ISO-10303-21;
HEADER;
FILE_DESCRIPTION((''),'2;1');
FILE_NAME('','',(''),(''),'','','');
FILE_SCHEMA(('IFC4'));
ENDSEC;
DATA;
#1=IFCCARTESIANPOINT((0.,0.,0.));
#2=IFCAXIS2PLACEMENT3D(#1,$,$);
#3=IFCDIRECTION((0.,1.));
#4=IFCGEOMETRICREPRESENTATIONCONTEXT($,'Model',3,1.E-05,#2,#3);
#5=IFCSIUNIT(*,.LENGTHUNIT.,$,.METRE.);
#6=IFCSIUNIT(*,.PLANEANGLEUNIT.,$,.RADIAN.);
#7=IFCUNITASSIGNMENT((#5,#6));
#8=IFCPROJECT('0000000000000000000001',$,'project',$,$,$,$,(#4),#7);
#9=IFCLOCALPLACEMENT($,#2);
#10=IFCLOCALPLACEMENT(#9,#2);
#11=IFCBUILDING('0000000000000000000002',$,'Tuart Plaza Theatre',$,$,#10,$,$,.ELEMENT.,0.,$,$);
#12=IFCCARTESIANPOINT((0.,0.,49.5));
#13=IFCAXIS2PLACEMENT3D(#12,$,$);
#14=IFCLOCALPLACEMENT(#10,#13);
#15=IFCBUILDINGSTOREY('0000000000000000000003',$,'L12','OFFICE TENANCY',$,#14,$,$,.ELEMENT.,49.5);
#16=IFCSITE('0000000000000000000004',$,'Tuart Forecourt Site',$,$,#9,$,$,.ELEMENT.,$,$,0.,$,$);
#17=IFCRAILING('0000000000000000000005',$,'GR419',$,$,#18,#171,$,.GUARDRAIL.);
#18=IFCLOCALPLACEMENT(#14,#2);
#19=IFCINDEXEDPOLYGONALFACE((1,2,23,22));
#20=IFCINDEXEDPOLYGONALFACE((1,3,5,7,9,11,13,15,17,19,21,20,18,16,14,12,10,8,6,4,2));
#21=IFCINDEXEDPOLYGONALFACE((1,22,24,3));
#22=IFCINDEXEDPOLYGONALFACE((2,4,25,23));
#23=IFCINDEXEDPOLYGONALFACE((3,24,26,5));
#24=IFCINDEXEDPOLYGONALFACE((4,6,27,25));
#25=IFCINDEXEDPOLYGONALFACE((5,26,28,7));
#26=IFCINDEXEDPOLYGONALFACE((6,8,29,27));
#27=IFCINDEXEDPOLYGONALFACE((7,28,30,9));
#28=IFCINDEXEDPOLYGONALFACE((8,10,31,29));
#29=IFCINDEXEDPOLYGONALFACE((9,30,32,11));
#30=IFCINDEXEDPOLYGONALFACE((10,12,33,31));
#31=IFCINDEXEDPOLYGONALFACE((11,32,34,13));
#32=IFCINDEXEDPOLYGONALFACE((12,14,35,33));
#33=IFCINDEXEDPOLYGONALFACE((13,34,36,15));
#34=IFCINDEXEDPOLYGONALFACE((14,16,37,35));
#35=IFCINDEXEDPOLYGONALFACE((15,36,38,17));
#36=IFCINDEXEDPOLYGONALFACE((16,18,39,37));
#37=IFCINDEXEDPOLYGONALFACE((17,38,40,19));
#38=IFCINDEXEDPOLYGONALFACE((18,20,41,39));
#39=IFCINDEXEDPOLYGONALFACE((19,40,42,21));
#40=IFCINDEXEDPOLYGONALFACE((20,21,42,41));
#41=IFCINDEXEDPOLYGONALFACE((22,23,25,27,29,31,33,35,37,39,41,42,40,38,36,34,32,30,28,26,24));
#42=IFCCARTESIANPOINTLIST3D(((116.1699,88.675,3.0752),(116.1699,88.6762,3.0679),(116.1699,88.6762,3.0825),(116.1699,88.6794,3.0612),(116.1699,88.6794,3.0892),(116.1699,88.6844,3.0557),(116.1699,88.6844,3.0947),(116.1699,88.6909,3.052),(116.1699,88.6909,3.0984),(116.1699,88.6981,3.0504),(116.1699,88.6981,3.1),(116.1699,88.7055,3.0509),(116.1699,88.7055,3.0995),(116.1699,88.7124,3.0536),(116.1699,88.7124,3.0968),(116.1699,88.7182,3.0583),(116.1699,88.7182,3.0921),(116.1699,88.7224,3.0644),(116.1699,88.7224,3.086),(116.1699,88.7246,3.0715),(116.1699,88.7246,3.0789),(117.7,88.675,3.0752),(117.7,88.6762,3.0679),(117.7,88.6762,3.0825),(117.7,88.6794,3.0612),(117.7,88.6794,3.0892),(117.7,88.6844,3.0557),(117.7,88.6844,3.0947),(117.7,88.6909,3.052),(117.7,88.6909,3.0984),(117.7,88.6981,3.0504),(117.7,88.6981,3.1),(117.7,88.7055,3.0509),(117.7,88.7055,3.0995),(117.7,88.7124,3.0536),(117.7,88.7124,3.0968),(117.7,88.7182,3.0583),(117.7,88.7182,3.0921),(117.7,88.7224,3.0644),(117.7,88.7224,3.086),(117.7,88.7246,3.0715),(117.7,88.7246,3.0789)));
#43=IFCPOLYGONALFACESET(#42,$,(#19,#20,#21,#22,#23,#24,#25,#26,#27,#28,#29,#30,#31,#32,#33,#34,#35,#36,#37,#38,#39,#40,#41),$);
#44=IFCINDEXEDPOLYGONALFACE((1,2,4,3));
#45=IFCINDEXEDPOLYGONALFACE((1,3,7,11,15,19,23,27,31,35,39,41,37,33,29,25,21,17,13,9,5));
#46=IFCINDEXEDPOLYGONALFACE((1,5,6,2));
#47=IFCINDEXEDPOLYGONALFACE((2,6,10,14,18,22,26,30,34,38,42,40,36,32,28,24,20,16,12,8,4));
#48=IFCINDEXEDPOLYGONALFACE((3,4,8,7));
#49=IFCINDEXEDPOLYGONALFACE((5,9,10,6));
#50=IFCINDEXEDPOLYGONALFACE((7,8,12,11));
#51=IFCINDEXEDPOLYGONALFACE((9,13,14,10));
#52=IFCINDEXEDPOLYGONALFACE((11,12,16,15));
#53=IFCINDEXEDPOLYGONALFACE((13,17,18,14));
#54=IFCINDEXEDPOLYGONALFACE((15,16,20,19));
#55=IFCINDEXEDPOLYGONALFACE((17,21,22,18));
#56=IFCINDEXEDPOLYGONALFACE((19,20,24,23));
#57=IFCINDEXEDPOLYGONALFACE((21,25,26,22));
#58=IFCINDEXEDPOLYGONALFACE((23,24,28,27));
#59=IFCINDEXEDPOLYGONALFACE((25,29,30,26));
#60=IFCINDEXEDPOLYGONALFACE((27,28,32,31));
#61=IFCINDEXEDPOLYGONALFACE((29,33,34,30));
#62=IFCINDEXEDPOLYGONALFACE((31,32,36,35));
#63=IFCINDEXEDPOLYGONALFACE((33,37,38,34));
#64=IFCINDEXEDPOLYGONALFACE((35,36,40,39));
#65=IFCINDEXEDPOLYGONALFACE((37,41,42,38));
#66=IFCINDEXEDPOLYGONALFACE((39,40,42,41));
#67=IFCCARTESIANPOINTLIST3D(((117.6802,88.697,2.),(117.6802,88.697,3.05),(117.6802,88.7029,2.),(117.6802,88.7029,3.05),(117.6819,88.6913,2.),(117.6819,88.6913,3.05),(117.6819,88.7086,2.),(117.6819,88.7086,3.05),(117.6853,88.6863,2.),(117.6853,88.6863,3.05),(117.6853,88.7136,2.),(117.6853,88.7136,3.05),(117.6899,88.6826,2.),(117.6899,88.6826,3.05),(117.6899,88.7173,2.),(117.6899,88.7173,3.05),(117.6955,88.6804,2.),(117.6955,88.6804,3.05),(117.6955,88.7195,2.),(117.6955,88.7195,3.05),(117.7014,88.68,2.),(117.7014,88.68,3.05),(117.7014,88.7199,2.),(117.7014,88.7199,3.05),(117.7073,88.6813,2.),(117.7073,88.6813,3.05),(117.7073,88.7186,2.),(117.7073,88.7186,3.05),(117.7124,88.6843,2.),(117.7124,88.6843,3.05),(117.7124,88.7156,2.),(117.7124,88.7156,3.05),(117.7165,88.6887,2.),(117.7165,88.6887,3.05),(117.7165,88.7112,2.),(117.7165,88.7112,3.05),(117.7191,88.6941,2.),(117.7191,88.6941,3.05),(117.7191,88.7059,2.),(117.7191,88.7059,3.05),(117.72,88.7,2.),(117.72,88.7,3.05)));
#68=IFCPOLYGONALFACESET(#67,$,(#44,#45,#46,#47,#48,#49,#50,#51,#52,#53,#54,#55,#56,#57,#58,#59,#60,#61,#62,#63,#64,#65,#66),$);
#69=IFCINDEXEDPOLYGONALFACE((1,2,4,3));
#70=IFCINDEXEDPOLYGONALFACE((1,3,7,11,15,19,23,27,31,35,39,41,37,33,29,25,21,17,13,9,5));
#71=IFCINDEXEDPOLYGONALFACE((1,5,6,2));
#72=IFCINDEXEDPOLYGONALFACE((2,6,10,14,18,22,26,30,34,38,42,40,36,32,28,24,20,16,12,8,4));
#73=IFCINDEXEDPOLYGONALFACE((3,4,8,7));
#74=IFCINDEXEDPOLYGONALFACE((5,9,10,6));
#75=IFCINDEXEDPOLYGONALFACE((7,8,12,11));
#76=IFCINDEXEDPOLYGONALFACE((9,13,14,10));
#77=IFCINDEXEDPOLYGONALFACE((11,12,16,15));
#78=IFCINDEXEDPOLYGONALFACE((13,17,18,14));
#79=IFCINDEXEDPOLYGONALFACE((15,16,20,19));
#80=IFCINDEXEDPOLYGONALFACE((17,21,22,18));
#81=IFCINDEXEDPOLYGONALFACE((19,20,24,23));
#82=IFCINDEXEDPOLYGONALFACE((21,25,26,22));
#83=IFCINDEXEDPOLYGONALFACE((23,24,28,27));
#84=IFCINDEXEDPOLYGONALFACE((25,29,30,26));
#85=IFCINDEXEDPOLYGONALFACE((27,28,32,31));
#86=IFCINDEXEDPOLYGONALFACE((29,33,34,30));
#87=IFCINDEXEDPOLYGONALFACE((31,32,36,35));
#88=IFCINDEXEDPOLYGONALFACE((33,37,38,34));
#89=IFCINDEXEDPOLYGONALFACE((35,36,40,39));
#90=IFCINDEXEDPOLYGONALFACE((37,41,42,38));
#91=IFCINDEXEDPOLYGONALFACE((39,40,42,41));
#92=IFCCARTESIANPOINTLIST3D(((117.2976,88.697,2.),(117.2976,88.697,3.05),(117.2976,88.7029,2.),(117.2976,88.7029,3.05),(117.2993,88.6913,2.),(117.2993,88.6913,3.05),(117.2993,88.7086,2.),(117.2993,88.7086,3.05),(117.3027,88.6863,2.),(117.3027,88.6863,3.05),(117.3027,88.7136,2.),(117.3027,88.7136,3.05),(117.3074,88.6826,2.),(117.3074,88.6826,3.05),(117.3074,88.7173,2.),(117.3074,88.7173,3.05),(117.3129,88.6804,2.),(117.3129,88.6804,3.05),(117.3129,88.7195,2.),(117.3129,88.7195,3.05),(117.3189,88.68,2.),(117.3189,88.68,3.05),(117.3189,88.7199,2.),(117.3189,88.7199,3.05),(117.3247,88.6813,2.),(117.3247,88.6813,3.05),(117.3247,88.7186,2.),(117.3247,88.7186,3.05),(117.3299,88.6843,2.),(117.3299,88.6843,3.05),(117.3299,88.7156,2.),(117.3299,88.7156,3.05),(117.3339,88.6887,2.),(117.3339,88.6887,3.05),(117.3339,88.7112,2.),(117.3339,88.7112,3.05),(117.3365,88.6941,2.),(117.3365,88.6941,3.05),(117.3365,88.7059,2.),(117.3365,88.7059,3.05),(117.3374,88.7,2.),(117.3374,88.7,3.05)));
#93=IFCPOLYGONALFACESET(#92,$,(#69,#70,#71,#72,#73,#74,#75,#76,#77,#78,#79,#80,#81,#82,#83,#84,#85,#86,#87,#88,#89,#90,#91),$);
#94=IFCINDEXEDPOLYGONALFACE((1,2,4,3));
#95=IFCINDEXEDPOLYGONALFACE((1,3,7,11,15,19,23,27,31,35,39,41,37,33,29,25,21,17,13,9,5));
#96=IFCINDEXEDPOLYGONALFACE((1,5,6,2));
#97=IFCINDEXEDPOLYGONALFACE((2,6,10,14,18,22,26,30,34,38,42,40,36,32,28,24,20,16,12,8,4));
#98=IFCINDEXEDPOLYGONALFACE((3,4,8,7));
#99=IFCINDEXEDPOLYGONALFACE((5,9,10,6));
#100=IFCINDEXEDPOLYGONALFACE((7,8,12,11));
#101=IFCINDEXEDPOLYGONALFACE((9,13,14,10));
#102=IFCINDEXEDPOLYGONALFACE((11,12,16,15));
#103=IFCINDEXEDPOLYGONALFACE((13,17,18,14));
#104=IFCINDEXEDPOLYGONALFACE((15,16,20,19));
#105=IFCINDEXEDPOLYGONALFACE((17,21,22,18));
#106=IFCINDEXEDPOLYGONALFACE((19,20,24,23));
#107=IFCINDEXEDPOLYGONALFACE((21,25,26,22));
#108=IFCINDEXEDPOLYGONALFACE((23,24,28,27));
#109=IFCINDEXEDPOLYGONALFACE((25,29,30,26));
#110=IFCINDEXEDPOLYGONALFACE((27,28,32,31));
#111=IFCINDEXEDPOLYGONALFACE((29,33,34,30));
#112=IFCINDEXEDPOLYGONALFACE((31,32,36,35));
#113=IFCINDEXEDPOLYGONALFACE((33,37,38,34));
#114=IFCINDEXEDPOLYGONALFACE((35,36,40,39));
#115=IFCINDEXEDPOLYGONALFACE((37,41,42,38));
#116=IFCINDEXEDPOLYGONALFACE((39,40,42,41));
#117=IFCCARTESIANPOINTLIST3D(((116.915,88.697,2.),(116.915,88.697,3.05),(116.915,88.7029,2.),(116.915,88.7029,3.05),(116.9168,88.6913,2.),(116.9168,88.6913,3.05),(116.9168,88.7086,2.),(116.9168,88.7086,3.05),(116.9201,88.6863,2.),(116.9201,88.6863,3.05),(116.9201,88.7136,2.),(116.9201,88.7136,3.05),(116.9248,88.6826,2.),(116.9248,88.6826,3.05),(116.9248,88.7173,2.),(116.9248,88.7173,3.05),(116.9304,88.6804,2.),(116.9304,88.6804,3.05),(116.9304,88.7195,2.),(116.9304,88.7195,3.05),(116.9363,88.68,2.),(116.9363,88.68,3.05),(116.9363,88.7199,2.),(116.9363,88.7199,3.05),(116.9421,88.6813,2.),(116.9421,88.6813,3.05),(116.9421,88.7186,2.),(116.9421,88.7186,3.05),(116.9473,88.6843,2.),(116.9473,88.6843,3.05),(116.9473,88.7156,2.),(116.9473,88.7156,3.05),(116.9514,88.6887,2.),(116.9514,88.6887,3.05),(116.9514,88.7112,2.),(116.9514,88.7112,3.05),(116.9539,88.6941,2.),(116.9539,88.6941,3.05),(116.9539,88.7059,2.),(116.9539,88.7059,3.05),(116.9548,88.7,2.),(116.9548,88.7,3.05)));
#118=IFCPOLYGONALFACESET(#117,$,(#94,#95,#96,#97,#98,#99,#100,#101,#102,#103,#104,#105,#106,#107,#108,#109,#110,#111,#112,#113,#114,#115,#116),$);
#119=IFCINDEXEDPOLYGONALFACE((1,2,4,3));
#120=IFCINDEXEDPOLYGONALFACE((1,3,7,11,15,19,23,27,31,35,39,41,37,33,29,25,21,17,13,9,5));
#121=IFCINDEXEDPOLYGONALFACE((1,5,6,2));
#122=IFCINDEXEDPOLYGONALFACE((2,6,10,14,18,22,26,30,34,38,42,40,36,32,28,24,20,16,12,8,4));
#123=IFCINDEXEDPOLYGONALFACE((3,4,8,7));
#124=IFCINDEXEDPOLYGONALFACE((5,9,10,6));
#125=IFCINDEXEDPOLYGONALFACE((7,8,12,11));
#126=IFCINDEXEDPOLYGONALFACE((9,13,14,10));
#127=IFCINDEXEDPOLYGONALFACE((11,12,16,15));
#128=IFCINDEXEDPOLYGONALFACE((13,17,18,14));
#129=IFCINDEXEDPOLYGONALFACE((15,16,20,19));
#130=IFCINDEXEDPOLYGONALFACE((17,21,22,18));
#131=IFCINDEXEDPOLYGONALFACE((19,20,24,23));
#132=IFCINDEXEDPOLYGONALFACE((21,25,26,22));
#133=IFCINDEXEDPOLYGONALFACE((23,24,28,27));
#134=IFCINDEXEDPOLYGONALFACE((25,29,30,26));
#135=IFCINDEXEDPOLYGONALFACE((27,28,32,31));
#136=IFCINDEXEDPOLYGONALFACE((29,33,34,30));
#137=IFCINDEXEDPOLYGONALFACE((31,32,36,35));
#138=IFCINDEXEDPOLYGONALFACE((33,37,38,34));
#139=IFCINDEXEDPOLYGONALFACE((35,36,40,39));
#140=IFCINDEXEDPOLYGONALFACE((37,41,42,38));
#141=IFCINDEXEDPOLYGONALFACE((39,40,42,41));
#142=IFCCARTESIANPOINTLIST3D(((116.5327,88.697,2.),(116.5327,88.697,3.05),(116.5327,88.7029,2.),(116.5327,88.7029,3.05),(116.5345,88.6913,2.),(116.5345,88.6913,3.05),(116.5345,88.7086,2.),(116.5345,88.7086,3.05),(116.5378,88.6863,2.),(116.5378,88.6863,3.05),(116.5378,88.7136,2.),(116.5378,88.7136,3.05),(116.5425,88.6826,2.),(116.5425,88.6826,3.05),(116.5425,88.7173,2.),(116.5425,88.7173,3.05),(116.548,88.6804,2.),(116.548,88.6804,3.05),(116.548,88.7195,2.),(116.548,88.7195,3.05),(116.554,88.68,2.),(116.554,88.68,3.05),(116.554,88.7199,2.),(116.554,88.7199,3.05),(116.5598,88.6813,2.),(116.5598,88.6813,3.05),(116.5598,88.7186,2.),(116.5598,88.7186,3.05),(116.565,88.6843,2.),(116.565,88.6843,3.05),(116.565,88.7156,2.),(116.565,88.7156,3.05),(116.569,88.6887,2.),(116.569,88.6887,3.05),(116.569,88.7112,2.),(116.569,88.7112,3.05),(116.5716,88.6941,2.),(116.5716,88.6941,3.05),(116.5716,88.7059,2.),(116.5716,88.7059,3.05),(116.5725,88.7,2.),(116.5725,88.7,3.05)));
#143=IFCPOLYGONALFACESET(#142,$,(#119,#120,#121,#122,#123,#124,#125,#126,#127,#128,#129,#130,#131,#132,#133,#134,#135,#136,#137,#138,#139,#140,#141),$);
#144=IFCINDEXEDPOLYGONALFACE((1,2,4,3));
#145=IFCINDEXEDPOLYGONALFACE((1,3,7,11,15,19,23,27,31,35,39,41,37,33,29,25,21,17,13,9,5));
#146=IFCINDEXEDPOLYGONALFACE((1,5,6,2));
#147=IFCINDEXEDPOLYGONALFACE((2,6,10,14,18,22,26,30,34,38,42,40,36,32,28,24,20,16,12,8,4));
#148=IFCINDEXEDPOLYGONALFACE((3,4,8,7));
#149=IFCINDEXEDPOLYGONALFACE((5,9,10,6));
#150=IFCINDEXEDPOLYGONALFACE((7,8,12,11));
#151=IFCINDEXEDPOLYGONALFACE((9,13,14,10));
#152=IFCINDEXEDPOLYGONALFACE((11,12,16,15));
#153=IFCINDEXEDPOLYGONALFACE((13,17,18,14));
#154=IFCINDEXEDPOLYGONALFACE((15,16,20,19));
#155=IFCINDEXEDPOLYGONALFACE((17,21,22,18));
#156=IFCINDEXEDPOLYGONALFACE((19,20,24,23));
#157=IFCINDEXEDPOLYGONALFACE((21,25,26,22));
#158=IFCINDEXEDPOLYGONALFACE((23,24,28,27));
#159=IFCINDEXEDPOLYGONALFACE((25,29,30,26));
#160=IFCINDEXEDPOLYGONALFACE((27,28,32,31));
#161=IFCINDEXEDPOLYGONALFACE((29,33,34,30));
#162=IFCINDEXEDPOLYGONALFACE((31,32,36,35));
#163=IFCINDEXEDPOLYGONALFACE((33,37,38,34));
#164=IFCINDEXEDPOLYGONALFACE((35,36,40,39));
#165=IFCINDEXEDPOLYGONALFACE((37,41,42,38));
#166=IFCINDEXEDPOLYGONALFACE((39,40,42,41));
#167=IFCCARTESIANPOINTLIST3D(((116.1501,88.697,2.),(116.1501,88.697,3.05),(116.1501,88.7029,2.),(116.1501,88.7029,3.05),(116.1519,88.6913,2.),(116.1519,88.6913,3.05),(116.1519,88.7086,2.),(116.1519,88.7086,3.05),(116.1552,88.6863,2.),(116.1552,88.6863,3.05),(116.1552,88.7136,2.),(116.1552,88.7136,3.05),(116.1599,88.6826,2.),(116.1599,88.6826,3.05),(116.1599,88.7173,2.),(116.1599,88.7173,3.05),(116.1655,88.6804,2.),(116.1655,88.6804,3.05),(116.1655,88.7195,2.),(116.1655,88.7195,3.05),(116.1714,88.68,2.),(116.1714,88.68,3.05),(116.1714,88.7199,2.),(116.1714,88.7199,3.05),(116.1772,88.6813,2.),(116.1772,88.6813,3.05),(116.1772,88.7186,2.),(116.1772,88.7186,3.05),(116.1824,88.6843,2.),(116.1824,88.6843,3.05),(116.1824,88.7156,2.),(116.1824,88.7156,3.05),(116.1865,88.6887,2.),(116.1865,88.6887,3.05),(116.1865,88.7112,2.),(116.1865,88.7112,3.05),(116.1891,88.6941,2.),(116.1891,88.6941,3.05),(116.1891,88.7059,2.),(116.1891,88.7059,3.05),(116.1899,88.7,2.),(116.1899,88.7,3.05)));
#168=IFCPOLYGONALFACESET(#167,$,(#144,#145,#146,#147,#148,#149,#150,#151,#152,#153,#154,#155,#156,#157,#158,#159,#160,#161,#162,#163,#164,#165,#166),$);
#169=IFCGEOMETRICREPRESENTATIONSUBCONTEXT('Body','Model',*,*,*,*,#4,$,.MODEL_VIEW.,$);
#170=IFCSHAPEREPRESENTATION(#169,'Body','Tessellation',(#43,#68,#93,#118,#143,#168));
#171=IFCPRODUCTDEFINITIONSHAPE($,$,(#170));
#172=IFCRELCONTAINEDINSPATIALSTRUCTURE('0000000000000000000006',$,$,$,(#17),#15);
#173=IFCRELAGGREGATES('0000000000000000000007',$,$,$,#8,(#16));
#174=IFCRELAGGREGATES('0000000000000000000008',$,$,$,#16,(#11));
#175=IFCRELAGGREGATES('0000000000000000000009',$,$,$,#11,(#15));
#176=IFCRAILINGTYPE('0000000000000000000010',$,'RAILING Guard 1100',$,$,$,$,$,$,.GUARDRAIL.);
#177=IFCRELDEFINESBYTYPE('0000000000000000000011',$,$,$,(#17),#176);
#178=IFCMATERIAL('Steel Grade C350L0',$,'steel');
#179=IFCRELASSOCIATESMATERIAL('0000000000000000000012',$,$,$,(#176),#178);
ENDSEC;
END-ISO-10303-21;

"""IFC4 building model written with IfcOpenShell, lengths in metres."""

from ifc_helpers import new_model, si_unit, direction, frame, origin, origin_2d, place, context, subcontext, project, spatial, circle, extrude, material, type_object, element, save


model = new_model("IFC4")

# Units and contexts
model_context = context("Model", 3, precision=1e-05, world=origin(), true_north=direction((0.0, 1.0)))
body_context = subcontext(model_context, "Body", "Model", "MODEL_VIEW")
ifc_project = project(units=[si_unit("LENGTHUNIT", "METRE"), si_unit("PLANEANGLEUNIT", "RADIAN")], contexts=[model_context])

# Site, building, storey
site_placement = place(None, origin())
site = spatial("IfcSite", under=ifc_project, at=site_placement, Name="Tuart Forecourt Site", CompositionType="ELEMENT", RefElevation=0.0)
building_placement = place(site_placement, origin())
building = spatial("IfcBuilding", under=site, at=building_placement, Name="Tuart Plaza Theatre", CompositionType="ELEMENT", ElevationOfRefHeight=0.0)
storey_placement = place(building_placement, frame((0.0, 0.0, 49.5)))
storey = spatial("IfcBuildingStorey", under=building, at=storey_placement, Name="L12", Description="OFFICE TENANCY", CompositionType="ELEMENT", Elevation=49.5)

# Railing
ifc_material_1 = material(Name="Steel Grade C350L0", Category="steel")
railing_type_1 = type_object("IfcRailingType", Name="RAILING Guard 1100", PredefinedType="GUARDRAIL", material=ifc_material_1)
railing_1_placement = place(storey_placement, frame((117.7, 88.7, 2.0)))
element("IfcRailing", 1, at=railing_1_placement, inside=storey, type_object=railing_type_1, Name="GR419", PredefinedType="GUARDRAIL", context=body_context, shape_type="SweptSolid", body=[
    extrude(circle(Radius=0.0249, at=origin_2d()), frame((0.0, 0.0, 1.0752), z_axis=(-1.0, 0.0, 0.0), x_axis=(0.0, -1.0, 0.0)), (0.0, 0.0, 1.0), 1.53),
    extrude(circle(Radius=0.02, at=origin_2d()), origin(), (0.0, 0.0, 1.0), 1.05),
    extrude(circle(Radius=0.02, at=origin_2d()), frame((-0.3826, 0.0, 0.0)), (0.0, 0.0, 1.0), 1.05),
    extrude(circle(Radius=0.02, at=origin_2d()), frame((-0.7651, 0.0, 0.0)), (0.0, 0.0, 1.0), 1.05),
    extrude(circle(Radius=0.02, at=origin_2d()), frame((-1.1475, 0.0, 0.0)), (0.0, 0.0, 1.0), 1.05),
    extrude(circle(Radius=0.02, at=origin_2d()), frame((-1.53, 0.0, 0.0)), (0.0, 0.0, 1.0), 1.05),
])

save(model, "model.ifc")
